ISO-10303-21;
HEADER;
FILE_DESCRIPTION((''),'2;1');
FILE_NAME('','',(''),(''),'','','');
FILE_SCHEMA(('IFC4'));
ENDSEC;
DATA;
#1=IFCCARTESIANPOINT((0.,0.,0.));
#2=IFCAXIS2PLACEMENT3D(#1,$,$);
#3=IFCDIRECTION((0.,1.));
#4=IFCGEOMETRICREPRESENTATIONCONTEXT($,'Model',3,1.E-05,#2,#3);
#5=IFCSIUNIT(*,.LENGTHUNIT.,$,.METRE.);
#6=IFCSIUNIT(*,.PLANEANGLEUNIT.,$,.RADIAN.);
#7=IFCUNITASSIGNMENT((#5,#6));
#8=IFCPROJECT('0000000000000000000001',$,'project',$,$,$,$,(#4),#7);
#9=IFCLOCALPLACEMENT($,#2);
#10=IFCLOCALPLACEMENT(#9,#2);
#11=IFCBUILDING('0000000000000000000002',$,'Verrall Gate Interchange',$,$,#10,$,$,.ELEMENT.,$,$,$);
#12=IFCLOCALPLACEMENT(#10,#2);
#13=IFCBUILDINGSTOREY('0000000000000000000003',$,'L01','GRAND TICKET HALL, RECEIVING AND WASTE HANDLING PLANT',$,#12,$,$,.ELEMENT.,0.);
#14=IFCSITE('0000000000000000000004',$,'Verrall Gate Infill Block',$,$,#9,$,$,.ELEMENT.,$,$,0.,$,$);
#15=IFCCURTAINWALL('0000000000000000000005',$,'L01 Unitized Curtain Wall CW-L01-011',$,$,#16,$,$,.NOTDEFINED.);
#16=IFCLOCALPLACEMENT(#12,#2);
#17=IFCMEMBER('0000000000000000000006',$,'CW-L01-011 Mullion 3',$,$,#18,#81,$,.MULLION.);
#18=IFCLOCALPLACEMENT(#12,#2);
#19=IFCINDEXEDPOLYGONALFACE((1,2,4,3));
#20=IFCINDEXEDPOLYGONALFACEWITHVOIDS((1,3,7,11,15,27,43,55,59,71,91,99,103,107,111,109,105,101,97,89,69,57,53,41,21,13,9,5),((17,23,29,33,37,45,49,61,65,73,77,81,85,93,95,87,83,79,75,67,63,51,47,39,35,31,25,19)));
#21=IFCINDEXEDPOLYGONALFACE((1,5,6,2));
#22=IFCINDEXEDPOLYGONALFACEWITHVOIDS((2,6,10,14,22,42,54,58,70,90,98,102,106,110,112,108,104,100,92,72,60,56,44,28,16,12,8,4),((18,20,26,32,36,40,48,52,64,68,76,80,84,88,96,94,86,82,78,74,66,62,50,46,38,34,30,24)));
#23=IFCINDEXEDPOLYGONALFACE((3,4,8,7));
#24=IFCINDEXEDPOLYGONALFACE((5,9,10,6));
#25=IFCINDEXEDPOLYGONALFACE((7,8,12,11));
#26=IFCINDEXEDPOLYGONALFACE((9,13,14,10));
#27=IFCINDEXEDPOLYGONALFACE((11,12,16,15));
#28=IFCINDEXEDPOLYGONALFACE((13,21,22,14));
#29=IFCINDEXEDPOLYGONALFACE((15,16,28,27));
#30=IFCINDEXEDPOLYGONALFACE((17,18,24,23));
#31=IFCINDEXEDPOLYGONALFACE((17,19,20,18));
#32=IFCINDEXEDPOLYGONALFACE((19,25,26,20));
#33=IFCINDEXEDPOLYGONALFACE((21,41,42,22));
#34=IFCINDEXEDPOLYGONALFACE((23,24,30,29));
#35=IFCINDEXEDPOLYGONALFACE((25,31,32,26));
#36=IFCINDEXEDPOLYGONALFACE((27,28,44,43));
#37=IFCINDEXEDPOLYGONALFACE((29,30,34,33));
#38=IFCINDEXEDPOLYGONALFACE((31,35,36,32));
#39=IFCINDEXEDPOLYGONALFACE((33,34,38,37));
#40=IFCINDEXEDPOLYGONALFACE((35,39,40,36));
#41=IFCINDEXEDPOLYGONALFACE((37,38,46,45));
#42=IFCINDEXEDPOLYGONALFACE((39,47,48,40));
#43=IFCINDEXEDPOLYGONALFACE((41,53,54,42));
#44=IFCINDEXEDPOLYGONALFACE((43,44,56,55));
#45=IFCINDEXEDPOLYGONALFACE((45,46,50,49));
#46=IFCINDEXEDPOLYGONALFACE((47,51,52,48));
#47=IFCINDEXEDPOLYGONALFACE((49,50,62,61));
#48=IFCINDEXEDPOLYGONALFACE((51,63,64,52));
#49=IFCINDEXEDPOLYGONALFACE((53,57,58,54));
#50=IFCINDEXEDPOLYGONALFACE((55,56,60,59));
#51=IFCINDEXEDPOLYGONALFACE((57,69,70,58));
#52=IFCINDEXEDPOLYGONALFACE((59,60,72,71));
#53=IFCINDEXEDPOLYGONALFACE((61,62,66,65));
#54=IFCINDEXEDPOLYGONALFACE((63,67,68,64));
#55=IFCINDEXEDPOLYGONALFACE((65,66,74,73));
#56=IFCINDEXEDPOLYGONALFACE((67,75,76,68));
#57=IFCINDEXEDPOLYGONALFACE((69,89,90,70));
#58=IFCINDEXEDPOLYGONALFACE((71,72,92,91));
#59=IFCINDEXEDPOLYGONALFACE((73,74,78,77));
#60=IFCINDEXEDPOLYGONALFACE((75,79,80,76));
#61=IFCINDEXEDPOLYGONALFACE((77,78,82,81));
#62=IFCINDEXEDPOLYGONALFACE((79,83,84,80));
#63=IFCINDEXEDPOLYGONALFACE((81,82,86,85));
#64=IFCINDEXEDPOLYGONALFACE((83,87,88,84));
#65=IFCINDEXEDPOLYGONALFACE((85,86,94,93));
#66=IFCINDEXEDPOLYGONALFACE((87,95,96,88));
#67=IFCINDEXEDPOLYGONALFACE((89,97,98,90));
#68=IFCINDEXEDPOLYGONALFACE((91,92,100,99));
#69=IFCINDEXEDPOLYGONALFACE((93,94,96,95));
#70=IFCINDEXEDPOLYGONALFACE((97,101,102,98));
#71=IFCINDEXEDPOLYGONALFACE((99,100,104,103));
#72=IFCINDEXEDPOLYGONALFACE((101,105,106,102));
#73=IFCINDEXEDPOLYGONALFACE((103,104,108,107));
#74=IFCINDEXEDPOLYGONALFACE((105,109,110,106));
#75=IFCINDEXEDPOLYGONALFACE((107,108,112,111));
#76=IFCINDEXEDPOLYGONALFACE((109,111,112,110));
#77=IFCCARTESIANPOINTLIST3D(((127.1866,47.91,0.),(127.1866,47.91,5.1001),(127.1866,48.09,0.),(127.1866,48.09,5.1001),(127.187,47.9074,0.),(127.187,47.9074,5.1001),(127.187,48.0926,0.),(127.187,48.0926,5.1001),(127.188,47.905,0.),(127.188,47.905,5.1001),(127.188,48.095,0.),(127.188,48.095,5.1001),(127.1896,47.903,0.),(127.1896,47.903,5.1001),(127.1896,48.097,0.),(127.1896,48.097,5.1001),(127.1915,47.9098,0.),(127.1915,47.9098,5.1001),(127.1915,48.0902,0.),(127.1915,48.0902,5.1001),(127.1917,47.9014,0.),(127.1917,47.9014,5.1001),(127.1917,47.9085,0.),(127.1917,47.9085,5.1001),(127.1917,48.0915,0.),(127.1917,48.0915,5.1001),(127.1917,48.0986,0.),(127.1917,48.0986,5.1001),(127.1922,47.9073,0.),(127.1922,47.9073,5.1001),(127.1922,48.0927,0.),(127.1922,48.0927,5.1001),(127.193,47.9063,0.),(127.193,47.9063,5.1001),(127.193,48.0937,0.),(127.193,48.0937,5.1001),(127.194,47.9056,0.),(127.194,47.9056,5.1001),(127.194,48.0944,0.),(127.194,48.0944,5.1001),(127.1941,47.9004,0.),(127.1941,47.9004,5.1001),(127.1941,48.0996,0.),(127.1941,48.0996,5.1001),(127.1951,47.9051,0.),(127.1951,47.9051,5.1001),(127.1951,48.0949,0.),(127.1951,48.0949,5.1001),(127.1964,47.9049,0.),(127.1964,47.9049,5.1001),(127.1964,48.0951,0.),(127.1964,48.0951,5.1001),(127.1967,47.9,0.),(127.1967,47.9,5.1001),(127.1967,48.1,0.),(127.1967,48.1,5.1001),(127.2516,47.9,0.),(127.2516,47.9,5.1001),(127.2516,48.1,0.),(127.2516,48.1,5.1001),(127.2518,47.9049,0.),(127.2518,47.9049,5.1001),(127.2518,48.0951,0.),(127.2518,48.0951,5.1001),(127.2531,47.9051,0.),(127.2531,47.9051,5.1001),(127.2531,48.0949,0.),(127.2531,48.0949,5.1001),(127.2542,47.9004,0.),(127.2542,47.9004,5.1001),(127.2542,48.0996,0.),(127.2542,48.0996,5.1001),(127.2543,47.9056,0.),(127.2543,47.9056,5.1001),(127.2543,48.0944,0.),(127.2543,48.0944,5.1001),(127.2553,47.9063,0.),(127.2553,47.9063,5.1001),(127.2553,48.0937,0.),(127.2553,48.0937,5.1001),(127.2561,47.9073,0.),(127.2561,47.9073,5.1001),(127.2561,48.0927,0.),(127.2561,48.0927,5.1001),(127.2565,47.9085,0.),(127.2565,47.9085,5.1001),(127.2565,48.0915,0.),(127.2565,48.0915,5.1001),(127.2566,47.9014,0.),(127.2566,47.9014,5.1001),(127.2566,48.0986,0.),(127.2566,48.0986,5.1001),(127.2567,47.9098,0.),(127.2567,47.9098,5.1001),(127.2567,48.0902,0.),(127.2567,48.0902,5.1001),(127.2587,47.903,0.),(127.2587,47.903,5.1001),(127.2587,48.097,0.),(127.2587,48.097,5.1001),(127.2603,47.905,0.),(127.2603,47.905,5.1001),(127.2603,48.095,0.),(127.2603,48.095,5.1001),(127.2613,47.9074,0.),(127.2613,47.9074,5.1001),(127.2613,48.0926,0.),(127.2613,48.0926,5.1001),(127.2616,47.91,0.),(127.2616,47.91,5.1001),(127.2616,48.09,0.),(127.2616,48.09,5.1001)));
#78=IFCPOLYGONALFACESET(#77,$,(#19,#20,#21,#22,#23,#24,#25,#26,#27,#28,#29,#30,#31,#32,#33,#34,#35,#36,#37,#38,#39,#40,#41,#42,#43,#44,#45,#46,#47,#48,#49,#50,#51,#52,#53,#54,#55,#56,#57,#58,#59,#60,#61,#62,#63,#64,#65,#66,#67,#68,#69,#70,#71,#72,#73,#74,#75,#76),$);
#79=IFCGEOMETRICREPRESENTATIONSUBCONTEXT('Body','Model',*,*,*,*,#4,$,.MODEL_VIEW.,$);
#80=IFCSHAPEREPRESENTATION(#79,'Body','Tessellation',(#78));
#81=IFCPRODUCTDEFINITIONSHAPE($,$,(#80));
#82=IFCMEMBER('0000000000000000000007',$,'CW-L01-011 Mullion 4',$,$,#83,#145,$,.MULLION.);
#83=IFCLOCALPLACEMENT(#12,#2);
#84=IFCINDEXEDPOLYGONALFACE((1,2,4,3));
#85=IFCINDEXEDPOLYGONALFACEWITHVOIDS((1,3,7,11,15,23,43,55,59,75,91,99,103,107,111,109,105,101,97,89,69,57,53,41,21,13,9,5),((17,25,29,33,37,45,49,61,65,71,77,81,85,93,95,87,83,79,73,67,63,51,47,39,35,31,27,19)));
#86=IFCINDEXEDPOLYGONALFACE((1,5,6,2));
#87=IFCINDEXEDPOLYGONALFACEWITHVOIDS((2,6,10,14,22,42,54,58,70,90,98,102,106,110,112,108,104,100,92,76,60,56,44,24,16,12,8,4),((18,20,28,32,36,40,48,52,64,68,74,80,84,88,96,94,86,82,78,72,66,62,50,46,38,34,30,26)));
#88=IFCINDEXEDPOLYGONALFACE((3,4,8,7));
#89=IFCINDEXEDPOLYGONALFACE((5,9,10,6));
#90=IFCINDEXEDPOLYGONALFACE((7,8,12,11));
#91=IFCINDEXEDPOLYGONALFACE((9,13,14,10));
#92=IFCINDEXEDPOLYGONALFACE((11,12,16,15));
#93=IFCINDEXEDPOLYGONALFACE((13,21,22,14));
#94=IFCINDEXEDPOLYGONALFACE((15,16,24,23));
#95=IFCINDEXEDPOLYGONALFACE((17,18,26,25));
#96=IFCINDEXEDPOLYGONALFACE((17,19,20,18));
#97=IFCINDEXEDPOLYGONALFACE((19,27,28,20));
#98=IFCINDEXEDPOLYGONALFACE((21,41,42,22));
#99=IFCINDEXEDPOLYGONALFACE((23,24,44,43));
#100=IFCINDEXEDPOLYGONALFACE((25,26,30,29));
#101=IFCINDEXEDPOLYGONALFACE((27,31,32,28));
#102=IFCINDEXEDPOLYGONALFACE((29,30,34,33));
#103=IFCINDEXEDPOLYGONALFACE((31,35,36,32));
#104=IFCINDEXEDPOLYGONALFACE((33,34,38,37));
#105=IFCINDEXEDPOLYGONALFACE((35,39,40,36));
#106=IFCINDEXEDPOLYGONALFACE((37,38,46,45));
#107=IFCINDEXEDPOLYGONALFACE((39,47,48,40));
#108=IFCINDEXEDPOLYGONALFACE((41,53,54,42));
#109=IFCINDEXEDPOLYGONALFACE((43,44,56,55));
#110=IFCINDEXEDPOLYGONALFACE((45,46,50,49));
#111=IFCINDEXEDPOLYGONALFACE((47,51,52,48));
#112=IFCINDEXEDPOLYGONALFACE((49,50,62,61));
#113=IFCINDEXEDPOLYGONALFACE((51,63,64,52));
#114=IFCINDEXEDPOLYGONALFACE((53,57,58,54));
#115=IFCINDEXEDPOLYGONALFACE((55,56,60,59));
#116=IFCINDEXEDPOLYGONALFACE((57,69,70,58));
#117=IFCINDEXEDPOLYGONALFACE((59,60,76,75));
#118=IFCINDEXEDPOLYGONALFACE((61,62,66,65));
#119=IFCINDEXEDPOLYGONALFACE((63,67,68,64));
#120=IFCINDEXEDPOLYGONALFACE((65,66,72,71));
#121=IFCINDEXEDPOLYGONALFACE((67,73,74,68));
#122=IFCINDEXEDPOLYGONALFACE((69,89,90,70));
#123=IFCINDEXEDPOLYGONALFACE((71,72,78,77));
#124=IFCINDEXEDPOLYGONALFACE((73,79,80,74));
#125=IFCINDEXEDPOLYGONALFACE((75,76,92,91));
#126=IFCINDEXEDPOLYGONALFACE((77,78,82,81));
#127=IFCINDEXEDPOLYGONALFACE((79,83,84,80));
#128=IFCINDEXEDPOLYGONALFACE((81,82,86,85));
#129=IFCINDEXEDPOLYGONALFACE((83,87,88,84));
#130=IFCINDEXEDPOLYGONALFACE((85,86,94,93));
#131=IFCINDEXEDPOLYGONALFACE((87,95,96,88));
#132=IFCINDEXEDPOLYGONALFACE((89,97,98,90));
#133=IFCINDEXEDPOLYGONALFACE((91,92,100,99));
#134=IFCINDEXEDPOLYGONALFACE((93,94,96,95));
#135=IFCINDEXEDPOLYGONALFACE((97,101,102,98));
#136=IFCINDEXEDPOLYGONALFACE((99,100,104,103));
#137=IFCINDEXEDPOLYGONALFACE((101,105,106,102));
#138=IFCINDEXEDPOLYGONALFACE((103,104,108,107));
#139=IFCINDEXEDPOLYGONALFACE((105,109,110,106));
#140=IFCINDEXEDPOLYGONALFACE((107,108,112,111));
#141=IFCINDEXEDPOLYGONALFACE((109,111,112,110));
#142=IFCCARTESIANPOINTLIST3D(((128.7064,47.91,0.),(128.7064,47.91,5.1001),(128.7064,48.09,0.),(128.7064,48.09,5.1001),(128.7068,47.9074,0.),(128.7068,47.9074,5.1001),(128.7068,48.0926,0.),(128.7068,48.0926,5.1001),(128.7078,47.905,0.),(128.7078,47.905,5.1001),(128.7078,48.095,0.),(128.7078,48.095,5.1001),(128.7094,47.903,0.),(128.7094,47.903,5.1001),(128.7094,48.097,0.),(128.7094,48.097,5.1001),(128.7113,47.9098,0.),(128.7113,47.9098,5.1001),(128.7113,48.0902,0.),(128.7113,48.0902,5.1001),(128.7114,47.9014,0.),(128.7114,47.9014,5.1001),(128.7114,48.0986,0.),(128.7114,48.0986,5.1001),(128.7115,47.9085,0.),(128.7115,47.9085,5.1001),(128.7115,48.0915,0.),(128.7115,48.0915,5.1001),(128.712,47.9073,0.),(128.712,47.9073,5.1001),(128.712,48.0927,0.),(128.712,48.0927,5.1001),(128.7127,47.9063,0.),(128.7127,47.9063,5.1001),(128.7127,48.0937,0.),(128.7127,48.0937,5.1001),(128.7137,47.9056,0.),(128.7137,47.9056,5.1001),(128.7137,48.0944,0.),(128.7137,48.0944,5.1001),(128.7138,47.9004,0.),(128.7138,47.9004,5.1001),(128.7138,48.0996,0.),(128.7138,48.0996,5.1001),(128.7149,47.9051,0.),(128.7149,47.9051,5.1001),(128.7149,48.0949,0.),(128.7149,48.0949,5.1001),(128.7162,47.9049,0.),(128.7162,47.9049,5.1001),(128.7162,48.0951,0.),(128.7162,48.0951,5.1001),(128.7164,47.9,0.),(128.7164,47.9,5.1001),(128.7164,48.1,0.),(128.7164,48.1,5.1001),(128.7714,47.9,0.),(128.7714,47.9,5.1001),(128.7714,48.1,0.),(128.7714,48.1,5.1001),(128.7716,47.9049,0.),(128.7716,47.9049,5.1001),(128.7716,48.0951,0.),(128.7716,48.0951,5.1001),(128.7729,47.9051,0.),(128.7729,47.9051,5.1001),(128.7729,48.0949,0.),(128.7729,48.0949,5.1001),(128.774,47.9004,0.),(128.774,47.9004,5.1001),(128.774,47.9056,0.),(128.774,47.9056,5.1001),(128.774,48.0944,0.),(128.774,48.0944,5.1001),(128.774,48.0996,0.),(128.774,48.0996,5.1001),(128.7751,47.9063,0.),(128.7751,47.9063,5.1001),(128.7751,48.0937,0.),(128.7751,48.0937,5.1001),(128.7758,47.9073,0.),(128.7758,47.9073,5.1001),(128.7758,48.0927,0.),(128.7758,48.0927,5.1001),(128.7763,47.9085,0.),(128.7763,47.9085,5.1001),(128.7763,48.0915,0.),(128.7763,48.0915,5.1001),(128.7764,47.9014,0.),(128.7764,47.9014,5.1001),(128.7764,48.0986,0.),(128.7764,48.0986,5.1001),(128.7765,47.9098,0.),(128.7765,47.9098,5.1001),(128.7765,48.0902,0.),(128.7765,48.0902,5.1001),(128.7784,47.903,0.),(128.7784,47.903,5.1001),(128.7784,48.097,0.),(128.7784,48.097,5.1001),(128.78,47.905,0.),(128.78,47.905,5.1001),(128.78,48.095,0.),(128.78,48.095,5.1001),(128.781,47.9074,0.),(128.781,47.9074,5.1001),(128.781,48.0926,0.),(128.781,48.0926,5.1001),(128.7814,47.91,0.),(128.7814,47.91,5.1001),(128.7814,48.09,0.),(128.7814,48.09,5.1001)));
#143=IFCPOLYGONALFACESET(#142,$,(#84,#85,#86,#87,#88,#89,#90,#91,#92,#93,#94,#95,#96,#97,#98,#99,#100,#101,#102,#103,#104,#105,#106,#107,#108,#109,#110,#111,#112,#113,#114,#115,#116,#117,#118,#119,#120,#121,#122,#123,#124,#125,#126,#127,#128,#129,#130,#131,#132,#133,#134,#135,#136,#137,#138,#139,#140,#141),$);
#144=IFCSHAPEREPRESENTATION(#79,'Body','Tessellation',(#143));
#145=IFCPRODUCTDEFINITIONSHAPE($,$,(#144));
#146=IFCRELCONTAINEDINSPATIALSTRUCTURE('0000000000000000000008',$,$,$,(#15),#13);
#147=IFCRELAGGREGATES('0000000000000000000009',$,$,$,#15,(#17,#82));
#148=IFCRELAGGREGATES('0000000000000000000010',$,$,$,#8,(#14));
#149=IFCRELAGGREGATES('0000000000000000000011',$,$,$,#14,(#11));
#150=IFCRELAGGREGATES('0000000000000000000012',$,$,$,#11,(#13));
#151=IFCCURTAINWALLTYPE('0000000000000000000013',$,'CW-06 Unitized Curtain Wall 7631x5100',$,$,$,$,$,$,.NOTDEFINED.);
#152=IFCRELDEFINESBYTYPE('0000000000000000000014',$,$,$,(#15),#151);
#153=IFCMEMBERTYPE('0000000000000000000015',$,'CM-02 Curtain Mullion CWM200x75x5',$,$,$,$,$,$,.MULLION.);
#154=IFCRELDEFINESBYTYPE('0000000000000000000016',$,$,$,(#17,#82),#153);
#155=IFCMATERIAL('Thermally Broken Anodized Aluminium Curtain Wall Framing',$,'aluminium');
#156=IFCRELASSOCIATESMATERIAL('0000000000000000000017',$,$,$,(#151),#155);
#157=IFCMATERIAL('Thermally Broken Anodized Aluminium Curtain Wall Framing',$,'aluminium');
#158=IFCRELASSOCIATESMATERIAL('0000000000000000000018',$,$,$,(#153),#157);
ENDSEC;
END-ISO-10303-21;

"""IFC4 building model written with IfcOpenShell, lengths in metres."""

from ifc_helpers import new_model, si_unit, direction, frame, origin, origin_2d, place, context, subcontext, project, spatial, hollow_rectangle, extrude, material, material_profile, profile_set, type_object, element, aggregate, save


model = new_model("IFC4")

# Units and contexts
model_context = context("Model", 3, precision=1e-05, world=origin(), true_north=direction((0.0, 1.0)))
body_context = subcontext(model_context, "Body", "Model", "MODEL_VIEW")
ifc_project = project(units=[si_unit("LENGTHUNIT", "METRE"), si_unit("PLANEANGLEUNIT", "RADIAN")], contexts=[model_context])

# Site, building, storey
site_placement = place(None, origin())
site = spatial("IfcSite", under=ifc_project, at=site_placement, Name="Verrall Gate Infill Block", CompositionType="ELEMENT", RefElevation=0.0)
building_placement = place(site_placement, origin())
building = spatial("IfcBuilding", under=site, at=building_placement, Name="Verrall Gate Interchange", CompositionType="ELEMENT")
storey_placement = place(building_placement, origin())
storey = spatial("IfcBuildingStorey", under=building, at=storey_placement, Name="L01", Description="GRAND TICKET HALL, RECEIVING AND WASTE HANDLING PLANT", CompositionType="ELEMENT", Elevation=0.0)

# Curtain wall, members
ifc_material_1 = material(Name="Thermally Broken Anodized Aluminium Curtain Wall Framing", Category="aluminium")
curtain_wall_type_1 = type_object("IfcCurtainWallType", Name="CW-06 Unitized Curtain Wall 7631x5100", PredefinedType="NOTDEFINED", material=ifc_material_1)
curtain_wall_1_placement = place(storey_placement, origin())
curtain_wall_1 = element("IfcCurtainWall", 1, at=curtain_wall_1_placement, inside=storey, type_object=curtain_wall_type_1, Name="L01 Unitized Curtain Wall CW-L01-011", PredefinedType="NOTDEFINED")
ifc_material_2 = material(Name="Thermally Broken Anodized Aluminium Curtain Wall Framing", Category="aluminium")
ifc_material_profile_1 = material_profile(ifc_material_2, hollow_rectangle(XDim=0.075, YDim=0.2, WallThickness=0.0049, InnerFilletRadius=0.0049, OuterFilletRadius=0.01, at=origin_2d()), Name="CWM200x75x5")
ifc_profile_set_1 = profile_set([ifc_material_profile_1], Name="Thermally Broken Anodized Aluminium Curtain Wall Framing")
member_type_1 = type_object("IfcMemberType", Name="CM-02 Curtain Mullion CWM200x75x5", PredefinedType="MULLION", material=ifc_profile_set_1)
member_1_placement = place(storey_placement, frame((127.2241, 48.0, 0.0), z_axis=(0.0, 0.0, 1.0), x_axis=(1.0, 0.0, 0.0)))
member_1 = element("IfcMember", 2, at=member_1_placement, type_object=member_type_1, Name="CW-L01-011 Mullion 3", PredefinedType="MULLION", context=body_context, shape_type="SweptSolid", body=[
    extrude(hollow_rectangle(XDim=0.075, YDim=0.2, WallThickness=0.0049, InnerFilletRadius=0.0049, OuterFilletRadius=0.01, at=origin_2d()), origin(), (0.0, 0.0, 1.0), 5.1001),
])
member_2_placement = place(storey_placement, frame((128.7439, 48.0, 0.0), z_axis=(0.0, 0.0, 1.0), x_axis=(1.0, 0.0, 0.0)))
member_2 = element("IfcMember", 3, at=member_2_placement, type_object=member_type_1, Name="CW-L01-011 Mullion 4", PredefinedType="MULLION", context=body_context, shape_type="SweptSolid", body=[
    extrude(hollow_rectangle(XDim=0.075, YDim=0.2, WallThickness=0.0049, InnerFilletRadius=0.0049, OuterFilletRadius=0.01, at=origin_2d()), origin(), (0.0, 0.0, 1.0), 5.1001),
])

aggregate(curtain_wall_1, [member_1, member_2])

save(model, "model.ifc")
